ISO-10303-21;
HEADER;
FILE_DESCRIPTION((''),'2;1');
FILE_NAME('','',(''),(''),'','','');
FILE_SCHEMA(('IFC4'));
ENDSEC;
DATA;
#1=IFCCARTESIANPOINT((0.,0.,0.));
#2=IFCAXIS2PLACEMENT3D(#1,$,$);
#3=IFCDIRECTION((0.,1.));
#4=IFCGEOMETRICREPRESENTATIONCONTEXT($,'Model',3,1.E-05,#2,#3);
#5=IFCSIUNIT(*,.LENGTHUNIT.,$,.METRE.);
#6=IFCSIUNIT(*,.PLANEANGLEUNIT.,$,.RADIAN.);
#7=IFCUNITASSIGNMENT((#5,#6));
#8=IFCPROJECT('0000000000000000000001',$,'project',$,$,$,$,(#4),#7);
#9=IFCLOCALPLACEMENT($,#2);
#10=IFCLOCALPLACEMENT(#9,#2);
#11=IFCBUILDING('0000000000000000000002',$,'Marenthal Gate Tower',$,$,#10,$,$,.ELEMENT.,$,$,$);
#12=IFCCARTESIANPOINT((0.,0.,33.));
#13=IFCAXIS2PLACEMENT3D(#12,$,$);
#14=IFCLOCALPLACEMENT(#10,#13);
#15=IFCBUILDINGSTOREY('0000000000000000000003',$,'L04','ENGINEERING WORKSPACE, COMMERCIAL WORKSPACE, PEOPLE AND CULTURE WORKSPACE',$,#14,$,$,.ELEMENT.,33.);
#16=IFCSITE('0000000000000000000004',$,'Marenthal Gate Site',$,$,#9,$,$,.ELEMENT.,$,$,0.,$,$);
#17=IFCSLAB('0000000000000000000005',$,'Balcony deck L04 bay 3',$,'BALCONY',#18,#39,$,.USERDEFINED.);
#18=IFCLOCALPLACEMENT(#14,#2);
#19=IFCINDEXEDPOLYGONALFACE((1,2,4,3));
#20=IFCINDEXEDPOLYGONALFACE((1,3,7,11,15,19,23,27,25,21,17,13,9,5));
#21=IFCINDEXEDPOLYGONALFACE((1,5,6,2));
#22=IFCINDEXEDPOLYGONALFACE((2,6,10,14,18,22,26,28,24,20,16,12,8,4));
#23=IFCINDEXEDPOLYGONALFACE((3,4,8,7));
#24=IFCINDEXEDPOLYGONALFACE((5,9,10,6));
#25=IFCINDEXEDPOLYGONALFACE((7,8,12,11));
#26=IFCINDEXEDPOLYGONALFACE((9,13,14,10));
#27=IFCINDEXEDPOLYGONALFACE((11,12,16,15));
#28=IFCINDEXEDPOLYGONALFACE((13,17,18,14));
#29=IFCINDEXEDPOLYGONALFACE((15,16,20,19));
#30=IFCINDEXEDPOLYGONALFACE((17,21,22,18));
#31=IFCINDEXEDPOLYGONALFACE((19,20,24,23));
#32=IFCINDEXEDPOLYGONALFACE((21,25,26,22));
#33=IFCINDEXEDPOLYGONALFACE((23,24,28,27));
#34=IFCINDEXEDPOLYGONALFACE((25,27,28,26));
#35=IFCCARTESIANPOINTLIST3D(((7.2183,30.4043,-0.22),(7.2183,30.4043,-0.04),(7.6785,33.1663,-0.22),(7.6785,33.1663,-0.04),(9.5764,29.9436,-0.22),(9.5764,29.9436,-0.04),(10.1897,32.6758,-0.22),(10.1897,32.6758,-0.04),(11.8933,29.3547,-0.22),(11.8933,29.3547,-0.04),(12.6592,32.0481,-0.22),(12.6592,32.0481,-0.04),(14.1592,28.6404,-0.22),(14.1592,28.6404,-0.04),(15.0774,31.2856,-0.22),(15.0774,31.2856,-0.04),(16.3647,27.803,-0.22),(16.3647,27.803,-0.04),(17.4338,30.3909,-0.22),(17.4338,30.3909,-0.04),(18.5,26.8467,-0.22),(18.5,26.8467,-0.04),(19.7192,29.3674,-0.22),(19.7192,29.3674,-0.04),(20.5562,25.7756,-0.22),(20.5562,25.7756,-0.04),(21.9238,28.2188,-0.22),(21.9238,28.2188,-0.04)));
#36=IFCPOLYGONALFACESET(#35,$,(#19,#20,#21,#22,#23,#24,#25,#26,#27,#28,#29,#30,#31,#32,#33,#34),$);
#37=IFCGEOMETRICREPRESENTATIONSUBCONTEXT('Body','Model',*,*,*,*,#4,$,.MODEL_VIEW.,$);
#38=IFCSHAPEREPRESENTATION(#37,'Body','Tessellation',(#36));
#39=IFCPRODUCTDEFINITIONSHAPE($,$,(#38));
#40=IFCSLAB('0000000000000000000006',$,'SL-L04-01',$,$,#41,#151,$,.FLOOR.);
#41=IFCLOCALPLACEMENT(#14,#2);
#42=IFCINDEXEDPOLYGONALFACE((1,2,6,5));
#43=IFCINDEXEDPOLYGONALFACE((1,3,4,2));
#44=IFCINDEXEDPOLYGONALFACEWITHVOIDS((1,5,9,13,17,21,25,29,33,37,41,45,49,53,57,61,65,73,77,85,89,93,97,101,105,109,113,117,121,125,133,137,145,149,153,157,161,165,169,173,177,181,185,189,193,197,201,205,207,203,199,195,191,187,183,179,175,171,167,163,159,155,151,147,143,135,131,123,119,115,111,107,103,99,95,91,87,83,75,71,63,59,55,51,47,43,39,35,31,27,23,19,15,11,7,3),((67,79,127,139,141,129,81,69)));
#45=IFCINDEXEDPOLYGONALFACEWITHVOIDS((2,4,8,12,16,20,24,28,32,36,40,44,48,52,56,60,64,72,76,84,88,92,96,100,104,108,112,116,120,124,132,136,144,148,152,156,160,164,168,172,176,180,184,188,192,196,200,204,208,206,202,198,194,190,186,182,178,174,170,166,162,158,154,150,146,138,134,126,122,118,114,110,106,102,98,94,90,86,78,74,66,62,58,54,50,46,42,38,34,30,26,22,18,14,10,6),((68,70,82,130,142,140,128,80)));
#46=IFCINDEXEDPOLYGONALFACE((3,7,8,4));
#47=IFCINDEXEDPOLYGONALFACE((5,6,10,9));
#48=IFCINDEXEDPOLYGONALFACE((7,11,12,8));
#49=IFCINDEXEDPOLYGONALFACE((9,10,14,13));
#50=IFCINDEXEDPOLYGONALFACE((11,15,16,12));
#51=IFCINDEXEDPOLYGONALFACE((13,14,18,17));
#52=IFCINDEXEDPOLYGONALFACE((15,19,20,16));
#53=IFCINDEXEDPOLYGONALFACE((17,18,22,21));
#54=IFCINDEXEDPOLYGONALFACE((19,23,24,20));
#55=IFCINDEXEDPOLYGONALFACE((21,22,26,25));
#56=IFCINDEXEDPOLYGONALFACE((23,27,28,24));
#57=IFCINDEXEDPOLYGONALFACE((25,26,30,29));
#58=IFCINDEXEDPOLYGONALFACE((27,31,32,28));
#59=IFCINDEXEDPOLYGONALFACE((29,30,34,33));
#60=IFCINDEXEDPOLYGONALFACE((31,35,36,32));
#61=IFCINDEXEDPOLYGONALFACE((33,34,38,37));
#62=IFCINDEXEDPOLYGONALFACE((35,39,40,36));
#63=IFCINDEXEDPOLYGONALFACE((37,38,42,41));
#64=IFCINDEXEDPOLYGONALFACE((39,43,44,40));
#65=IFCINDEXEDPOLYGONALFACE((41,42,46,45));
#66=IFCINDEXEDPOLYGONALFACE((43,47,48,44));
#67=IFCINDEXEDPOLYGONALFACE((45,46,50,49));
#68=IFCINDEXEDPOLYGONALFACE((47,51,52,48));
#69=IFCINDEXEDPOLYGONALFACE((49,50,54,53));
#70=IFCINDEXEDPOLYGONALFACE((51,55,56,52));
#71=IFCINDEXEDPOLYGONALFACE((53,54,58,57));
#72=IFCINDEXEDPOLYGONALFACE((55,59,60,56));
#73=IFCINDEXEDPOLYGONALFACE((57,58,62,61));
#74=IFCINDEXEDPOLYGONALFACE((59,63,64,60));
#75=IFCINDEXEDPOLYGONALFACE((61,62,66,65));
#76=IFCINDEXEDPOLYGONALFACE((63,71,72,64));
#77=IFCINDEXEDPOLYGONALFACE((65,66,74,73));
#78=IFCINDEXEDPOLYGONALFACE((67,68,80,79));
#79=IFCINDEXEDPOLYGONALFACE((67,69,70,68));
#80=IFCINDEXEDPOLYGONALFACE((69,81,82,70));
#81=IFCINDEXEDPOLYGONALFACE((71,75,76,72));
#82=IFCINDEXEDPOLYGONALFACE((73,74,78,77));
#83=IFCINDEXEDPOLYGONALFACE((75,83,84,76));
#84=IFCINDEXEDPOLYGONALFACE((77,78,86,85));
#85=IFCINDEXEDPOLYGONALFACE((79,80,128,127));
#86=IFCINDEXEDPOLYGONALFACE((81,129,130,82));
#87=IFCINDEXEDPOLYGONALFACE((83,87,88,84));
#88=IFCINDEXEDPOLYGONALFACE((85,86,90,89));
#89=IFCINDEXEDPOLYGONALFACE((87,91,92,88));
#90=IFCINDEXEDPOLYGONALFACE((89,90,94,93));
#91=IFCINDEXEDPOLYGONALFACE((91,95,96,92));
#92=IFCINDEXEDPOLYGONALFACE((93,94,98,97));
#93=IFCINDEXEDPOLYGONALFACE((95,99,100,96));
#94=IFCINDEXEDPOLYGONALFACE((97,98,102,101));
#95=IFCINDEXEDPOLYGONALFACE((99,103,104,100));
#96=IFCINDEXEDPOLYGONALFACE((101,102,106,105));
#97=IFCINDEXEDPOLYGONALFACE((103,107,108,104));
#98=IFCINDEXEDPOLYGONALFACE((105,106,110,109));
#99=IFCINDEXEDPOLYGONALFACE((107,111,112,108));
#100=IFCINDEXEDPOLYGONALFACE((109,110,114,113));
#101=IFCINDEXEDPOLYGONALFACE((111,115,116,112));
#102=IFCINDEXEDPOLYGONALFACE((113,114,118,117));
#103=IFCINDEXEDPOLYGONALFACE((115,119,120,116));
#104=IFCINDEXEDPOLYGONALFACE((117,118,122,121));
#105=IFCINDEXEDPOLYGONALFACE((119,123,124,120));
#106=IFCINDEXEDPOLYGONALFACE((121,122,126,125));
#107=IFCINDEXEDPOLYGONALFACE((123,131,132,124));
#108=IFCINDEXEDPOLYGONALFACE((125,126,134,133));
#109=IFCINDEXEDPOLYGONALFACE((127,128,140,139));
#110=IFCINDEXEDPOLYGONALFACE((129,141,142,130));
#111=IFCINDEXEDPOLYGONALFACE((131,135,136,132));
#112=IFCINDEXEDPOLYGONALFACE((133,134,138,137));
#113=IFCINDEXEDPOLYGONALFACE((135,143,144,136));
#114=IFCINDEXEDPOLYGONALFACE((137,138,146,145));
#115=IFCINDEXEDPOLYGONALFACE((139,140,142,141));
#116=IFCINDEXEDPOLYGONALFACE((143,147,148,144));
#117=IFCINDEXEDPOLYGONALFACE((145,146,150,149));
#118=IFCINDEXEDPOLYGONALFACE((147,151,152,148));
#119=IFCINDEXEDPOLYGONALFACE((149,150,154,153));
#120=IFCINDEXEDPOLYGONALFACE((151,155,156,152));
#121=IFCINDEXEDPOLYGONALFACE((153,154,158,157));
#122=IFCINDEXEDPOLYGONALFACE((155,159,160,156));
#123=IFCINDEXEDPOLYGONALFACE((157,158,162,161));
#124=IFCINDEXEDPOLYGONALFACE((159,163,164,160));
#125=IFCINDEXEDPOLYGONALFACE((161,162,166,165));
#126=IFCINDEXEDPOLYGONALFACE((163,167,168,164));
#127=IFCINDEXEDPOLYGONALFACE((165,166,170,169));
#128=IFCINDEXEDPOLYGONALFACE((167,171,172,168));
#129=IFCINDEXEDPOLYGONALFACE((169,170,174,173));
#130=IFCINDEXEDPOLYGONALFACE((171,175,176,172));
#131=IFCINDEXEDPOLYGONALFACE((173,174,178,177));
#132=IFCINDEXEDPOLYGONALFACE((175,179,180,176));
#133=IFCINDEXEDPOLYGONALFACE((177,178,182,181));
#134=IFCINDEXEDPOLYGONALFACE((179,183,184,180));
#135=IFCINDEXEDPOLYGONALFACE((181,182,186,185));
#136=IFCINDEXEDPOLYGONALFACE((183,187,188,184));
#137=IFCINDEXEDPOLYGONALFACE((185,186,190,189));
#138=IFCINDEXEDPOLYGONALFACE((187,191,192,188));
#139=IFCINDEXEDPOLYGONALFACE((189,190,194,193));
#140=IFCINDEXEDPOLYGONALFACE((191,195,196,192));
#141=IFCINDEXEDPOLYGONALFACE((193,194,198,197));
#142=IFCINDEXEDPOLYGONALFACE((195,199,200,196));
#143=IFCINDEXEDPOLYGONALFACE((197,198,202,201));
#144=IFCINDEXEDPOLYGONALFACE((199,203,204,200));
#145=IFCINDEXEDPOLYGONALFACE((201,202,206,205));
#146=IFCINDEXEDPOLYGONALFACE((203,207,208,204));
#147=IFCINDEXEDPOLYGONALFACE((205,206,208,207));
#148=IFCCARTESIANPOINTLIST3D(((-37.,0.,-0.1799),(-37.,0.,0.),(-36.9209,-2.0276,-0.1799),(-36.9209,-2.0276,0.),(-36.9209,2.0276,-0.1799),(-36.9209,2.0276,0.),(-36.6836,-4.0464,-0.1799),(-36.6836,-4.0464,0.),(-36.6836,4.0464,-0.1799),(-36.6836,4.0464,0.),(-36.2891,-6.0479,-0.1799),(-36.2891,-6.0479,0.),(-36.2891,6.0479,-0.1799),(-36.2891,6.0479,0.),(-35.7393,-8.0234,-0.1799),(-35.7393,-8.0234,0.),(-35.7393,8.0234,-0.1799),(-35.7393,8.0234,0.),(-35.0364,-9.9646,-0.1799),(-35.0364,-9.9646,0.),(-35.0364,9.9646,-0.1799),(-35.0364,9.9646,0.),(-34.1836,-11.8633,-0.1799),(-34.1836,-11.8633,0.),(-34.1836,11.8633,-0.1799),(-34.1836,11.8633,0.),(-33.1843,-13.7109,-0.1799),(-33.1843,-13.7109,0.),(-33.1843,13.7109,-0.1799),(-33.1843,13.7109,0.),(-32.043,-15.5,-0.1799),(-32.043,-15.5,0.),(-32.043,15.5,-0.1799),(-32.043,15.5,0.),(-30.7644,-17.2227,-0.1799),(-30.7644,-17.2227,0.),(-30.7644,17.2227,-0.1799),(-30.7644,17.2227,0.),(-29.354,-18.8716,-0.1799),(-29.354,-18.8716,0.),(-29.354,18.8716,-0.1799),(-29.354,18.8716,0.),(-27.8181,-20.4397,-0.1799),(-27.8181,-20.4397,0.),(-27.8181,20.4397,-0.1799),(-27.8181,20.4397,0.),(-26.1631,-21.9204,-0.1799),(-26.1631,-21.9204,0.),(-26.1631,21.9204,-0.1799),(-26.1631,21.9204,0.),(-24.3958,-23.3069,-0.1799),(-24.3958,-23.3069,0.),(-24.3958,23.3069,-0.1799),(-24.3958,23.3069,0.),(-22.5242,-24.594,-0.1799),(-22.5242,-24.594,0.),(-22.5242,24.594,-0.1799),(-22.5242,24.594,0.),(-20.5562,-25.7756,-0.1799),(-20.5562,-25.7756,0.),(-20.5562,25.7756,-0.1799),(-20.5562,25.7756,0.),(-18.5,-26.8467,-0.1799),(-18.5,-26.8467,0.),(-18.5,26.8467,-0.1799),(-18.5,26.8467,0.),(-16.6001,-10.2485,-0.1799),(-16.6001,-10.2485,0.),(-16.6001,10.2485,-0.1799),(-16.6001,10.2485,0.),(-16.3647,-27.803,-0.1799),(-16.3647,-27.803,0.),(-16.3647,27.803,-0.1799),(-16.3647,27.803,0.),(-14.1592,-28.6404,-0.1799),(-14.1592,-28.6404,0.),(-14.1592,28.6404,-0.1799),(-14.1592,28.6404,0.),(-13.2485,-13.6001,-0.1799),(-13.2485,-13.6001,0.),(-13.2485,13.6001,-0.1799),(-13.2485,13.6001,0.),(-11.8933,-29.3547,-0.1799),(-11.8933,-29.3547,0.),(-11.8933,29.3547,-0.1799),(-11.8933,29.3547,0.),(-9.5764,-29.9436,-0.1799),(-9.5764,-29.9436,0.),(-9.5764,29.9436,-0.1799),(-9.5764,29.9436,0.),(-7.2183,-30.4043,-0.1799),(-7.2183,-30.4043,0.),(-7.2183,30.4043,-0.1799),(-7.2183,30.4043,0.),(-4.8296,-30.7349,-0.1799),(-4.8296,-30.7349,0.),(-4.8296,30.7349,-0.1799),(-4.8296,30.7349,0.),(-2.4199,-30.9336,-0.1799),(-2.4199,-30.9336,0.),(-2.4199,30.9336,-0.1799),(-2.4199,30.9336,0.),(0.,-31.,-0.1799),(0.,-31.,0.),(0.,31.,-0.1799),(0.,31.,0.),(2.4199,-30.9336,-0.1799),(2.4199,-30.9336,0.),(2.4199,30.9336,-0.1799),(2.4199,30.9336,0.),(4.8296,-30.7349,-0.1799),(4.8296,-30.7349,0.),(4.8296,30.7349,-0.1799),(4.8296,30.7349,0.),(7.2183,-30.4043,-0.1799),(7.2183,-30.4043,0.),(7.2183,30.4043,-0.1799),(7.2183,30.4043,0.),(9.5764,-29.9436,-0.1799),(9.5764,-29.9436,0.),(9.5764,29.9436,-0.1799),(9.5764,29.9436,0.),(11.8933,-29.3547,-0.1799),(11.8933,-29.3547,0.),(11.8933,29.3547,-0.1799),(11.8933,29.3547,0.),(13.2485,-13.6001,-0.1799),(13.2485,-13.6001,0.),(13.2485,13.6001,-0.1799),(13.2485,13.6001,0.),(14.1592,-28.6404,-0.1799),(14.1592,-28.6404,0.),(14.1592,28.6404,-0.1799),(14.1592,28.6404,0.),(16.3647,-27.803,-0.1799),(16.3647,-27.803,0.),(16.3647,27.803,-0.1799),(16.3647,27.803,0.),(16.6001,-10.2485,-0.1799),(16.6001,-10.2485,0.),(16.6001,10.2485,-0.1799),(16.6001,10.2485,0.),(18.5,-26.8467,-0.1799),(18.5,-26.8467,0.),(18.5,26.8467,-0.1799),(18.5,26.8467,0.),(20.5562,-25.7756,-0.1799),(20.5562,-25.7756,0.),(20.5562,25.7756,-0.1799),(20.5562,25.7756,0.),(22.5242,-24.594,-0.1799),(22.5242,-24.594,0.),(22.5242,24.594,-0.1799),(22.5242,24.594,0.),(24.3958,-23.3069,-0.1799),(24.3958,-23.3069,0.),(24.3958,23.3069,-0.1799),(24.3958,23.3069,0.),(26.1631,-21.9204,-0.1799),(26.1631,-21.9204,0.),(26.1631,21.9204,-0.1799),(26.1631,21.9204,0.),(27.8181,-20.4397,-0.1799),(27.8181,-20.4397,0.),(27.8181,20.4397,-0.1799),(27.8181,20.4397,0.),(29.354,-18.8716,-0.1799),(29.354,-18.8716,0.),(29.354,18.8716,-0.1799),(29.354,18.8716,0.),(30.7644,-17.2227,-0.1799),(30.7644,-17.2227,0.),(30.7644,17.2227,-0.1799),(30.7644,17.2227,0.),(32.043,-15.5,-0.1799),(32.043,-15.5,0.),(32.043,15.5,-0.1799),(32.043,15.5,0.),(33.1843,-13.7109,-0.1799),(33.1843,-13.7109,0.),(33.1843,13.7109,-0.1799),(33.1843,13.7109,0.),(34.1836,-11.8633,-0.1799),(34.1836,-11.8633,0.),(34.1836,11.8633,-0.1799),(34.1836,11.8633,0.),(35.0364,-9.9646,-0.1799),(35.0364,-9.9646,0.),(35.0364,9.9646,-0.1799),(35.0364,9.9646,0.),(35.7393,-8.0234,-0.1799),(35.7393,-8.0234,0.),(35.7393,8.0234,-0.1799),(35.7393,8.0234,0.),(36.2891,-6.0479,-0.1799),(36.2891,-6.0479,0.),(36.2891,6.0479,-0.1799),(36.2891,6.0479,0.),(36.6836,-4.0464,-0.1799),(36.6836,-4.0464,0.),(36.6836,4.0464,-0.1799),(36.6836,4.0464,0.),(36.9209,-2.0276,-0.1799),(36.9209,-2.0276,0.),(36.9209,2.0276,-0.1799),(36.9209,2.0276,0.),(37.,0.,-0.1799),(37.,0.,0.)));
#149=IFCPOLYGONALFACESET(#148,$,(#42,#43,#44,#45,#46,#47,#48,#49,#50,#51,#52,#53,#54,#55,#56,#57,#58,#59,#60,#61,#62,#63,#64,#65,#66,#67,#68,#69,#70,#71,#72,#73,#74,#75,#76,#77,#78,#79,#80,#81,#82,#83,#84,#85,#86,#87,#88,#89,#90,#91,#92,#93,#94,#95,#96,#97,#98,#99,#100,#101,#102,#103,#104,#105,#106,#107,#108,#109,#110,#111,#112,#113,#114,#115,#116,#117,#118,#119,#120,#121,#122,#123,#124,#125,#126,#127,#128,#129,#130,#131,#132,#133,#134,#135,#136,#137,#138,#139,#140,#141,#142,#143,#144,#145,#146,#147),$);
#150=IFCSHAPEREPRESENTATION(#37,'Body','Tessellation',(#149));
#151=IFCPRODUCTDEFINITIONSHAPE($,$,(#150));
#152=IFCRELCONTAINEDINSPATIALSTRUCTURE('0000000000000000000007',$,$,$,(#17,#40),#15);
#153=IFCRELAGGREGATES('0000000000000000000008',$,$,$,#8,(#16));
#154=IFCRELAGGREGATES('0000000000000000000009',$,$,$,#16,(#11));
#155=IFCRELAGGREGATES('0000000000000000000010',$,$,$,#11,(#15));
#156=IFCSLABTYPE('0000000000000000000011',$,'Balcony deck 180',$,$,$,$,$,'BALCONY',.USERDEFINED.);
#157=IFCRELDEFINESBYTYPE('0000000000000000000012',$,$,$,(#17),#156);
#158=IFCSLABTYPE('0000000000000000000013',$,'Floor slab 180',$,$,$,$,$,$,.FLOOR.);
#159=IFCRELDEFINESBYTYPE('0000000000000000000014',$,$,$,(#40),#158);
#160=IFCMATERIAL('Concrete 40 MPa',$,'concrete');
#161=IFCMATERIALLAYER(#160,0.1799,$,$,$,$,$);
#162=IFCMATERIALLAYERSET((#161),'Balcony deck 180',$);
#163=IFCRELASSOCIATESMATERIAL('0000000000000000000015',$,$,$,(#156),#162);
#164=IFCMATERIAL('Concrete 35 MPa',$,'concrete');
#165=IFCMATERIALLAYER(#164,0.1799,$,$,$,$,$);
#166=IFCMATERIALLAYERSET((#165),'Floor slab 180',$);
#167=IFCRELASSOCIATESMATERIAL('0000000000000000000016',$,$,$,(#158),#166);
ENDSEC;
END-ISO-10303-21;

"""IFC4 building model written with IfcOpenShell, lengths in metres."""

from ifc_helpers import new_model, si_unit, direction, frame, origin, place, context, subcontext, project, spatial, polyline, outline, extrude, material, layer, layer_set, type_object, element, save


model = new_model("IFC4")

# Units and contexts
model_context = context("Model", 3, precision=1e-05, world=origin(), true_north=direction((0.0, 1.0)))
body_context = subcontext(model_context, "Body", "Model", "MODEL_VIEW")
ifc_project = project(units=[si_unit("LENGTHUNIT", "METRE"), si_unit("PLANEANGLEUNIT", "RADIAN")], contexts=[model_context])

# Site, building, storey
site_placement = place(None, origin())
site = spatial("IfcSite", under=ifc_project, at=site_placement, Name="Marenthal Gate Site", CompositionType="ELEMENT", RefElevation=0.0)
building_placement = place(site_placement, origin())
building = spatial("IfcBuilding", under=site, at=building_placement, Name="Marenthal Gate Tower", CompositionType="ELEMENT")
storey_placement = place(building_placement, frame((0.0, 0.0, 33.0)))
storey = spatial("IfcBuildingStorey", under=building, at=storey_placement, Name="L04", Description="ENGINEERING WORKSPACE, COMMERCIAL WORKSPACE, PEOPLE AND CULTURE WORKSPACE", CompositionType="ELEMENT", Elevation=33.0)

# Slabs
ifc_material_1 = material(Name="Concrete 40 MPa", Category="concrete")
ifc_layer_1 = layer(ifc_material_1, 0.1799)
ifc_layer_set_1 = layer_set([ifc_layer_1], Name="Balcony deck 180")
slab_type_1 = type_object("IfcSlabType", Name="Balcony deck 180", ElementType="BALCONY", PredefinedType="USERDEFINED", material=ifc_layer_set_1)
slab_1_placement = place(storey_placement, frame((0.0, 0.0, -0.22)))
element("IfcSlab", 1, at=slab_1_placement, inside=storey, type_object=slab_type_1, Name="Balcony deck L04 bay 3", ObjectType="BALCONY", PredefinedType="USERDEFINED", context=body_context, shape_type="SweptSolid", body=[
    extrude(outline(polyline([(20.5562, 25.7756), (18.5, 26.8467), (16.3647, 27.803), (14.1592, 28.6404), (11.8933, 29.3547), (9.5764, 29.9436), (7.2183, 30.4043), (7.6785, 33.1663), (10.1897, 32.6758), (12.6592, 32.0481), (15.0774, 31.2856), (17.4338, 30.3909), (19.7192, 29.3674), (21.9238, 28.2188), (20.5562, 25.7756)])), origin(), (0.0, 0.0, 1.0), 0.1799),
])
ifc_material_2 = material(Name="Concrete 35 MPa", Category="concrete")
ifc_layer_2 = layer(ifc_material_2, 0.1799)
ifc_layer_set_2 = layer_set([ifc_layer_2], Name="Floor slab 180")
slab_type_2 = type_object("IfcSlabType", Name="Floor slab 180", PredefinedType="FLOOR", material=ifc_layer_set_2)
slab_2_placement = place(storey_placement, frame((0.0, 0.0, -0.1799)))
element("IfcSlab", 2, at=slab_2_placement, inside=storey, type_object=slab_type_2, Name="SL-L04-01", PredefinedType="FLOOR", context=body_context, shape_type="SweptSolid", body=[
    extrude(outline(polyline([(37.0, 0.0), (36.9209, 2.0276), (36.6836, 4.0464), (36.2891, 6.0479), (35.7393, 8.0234), (35.0364, 9.9646), (34.1836, 11.8633), (33.1843, 13.7109), (32.043, 15.5), (30.7644, 17.2227), (29.354, 18.8716), (27.8181, 20.4397), (26.1631, 21.9204), (24.3958, 23.3069), (22.5242, 24.594), (20.5562, 25.7756), (18.5, 26.8467), (16.3647, 27.803), (14.1592, 28.6404), (11.8933, 29.3547), (9.5764, 29.9436), (7.2183, 30.4043), (4.8296, 30.7349), (2.4199, 30.9336), (0.0, 31.0), (-2.4199, 30.9336), (-4.8296, 30.7349), (-7.2183, 30.4043), (-9.5764, 29.9436), (-11.8933, 29.3547), (-14.1592, 28.6404), (-16.3647, 27.803), (-18.5, 26.8467), (-20.5562, 25.7756), (-22.5242, 24.594), (-24.3958, 23.3069), (-26.1631, 21.9204), (-27.8181, 20.4397), (-29.354, 18.8716), (-30.7644, 17.2227), (-32.043, 15.5), (-33.1843, 13.7109), (-34.1836, 11.8633), (-35.0364, 9.9646), (-35.7393, 8.0234), (-36.2891, 6.0479), (-36.6836, 4.0464), (-36.9209, 2.0276), (-37.0, 0.0), (-36.9209, -2.0276), (-36.6836, -4.0464), (-36.2891, -6.0479), (-35.7393, -8.0234), (-35.0364, -9.9646), (-34.1836, -11.8633), (-33.1843, -13.7109), (-32.043, -15.5), (-30.7644, -17.2227), (-29.354, -18.8716), (-27.8181, -20.4397), (-26.1631, -21.9204), (-24.3958, -23.3069), (-22.5242, -24.594), (-20.5562, -25.7756), (-18.5, -26.8467), (-16.3647, -27.803), (-14.1592, -28.6404), (-11.8933, -29.3547), (-9.5764, -29.9436), (-7.2183, -30.4043), (-4.8296, -30.7349), (-2.4199, -30.9336), (0.0, -31.0), (2.4199, -30.9336), (4.8296, -30.7349), (7.2183, -30.4043), (9.5764, -29.9436), (11.8933, -29.3547), (14.1592, -28.6404), (16.3647, -27.803), (18.5, -26.8467), (20.5562, -25.7756), (22.5242, -24.594), (24.3958, -23.3069), (26.1631, -21.9204), (27.8181, -20.4397), (29.354, -18.8716), (30.7644, -17.2227), (32.043, -15.5), (33.1843, -13.7109), (34.1836, -11.8633), (35.0364, -9.9646), (35.7393, -8.0234), (36.2891, -6.0479), (36.6836, -4.0464), (36.9209, -2.0276), (37.0, 0.0)]), holes=[polyline([(13.2485, -13.6001), (16.6001, -10.2485), (16.6001, 10.2485), (13.2485, 13.6001), (-13.2485, 13.6001), (-16.6001, 10.2485), (-16.6001, -10.2485), (-13.2485, -13.6001), (13.2485, -13.6001)])]), origin(), (0.0, 0.0, 1.0), 0.1799),
])

save(model, "model.ifc")
